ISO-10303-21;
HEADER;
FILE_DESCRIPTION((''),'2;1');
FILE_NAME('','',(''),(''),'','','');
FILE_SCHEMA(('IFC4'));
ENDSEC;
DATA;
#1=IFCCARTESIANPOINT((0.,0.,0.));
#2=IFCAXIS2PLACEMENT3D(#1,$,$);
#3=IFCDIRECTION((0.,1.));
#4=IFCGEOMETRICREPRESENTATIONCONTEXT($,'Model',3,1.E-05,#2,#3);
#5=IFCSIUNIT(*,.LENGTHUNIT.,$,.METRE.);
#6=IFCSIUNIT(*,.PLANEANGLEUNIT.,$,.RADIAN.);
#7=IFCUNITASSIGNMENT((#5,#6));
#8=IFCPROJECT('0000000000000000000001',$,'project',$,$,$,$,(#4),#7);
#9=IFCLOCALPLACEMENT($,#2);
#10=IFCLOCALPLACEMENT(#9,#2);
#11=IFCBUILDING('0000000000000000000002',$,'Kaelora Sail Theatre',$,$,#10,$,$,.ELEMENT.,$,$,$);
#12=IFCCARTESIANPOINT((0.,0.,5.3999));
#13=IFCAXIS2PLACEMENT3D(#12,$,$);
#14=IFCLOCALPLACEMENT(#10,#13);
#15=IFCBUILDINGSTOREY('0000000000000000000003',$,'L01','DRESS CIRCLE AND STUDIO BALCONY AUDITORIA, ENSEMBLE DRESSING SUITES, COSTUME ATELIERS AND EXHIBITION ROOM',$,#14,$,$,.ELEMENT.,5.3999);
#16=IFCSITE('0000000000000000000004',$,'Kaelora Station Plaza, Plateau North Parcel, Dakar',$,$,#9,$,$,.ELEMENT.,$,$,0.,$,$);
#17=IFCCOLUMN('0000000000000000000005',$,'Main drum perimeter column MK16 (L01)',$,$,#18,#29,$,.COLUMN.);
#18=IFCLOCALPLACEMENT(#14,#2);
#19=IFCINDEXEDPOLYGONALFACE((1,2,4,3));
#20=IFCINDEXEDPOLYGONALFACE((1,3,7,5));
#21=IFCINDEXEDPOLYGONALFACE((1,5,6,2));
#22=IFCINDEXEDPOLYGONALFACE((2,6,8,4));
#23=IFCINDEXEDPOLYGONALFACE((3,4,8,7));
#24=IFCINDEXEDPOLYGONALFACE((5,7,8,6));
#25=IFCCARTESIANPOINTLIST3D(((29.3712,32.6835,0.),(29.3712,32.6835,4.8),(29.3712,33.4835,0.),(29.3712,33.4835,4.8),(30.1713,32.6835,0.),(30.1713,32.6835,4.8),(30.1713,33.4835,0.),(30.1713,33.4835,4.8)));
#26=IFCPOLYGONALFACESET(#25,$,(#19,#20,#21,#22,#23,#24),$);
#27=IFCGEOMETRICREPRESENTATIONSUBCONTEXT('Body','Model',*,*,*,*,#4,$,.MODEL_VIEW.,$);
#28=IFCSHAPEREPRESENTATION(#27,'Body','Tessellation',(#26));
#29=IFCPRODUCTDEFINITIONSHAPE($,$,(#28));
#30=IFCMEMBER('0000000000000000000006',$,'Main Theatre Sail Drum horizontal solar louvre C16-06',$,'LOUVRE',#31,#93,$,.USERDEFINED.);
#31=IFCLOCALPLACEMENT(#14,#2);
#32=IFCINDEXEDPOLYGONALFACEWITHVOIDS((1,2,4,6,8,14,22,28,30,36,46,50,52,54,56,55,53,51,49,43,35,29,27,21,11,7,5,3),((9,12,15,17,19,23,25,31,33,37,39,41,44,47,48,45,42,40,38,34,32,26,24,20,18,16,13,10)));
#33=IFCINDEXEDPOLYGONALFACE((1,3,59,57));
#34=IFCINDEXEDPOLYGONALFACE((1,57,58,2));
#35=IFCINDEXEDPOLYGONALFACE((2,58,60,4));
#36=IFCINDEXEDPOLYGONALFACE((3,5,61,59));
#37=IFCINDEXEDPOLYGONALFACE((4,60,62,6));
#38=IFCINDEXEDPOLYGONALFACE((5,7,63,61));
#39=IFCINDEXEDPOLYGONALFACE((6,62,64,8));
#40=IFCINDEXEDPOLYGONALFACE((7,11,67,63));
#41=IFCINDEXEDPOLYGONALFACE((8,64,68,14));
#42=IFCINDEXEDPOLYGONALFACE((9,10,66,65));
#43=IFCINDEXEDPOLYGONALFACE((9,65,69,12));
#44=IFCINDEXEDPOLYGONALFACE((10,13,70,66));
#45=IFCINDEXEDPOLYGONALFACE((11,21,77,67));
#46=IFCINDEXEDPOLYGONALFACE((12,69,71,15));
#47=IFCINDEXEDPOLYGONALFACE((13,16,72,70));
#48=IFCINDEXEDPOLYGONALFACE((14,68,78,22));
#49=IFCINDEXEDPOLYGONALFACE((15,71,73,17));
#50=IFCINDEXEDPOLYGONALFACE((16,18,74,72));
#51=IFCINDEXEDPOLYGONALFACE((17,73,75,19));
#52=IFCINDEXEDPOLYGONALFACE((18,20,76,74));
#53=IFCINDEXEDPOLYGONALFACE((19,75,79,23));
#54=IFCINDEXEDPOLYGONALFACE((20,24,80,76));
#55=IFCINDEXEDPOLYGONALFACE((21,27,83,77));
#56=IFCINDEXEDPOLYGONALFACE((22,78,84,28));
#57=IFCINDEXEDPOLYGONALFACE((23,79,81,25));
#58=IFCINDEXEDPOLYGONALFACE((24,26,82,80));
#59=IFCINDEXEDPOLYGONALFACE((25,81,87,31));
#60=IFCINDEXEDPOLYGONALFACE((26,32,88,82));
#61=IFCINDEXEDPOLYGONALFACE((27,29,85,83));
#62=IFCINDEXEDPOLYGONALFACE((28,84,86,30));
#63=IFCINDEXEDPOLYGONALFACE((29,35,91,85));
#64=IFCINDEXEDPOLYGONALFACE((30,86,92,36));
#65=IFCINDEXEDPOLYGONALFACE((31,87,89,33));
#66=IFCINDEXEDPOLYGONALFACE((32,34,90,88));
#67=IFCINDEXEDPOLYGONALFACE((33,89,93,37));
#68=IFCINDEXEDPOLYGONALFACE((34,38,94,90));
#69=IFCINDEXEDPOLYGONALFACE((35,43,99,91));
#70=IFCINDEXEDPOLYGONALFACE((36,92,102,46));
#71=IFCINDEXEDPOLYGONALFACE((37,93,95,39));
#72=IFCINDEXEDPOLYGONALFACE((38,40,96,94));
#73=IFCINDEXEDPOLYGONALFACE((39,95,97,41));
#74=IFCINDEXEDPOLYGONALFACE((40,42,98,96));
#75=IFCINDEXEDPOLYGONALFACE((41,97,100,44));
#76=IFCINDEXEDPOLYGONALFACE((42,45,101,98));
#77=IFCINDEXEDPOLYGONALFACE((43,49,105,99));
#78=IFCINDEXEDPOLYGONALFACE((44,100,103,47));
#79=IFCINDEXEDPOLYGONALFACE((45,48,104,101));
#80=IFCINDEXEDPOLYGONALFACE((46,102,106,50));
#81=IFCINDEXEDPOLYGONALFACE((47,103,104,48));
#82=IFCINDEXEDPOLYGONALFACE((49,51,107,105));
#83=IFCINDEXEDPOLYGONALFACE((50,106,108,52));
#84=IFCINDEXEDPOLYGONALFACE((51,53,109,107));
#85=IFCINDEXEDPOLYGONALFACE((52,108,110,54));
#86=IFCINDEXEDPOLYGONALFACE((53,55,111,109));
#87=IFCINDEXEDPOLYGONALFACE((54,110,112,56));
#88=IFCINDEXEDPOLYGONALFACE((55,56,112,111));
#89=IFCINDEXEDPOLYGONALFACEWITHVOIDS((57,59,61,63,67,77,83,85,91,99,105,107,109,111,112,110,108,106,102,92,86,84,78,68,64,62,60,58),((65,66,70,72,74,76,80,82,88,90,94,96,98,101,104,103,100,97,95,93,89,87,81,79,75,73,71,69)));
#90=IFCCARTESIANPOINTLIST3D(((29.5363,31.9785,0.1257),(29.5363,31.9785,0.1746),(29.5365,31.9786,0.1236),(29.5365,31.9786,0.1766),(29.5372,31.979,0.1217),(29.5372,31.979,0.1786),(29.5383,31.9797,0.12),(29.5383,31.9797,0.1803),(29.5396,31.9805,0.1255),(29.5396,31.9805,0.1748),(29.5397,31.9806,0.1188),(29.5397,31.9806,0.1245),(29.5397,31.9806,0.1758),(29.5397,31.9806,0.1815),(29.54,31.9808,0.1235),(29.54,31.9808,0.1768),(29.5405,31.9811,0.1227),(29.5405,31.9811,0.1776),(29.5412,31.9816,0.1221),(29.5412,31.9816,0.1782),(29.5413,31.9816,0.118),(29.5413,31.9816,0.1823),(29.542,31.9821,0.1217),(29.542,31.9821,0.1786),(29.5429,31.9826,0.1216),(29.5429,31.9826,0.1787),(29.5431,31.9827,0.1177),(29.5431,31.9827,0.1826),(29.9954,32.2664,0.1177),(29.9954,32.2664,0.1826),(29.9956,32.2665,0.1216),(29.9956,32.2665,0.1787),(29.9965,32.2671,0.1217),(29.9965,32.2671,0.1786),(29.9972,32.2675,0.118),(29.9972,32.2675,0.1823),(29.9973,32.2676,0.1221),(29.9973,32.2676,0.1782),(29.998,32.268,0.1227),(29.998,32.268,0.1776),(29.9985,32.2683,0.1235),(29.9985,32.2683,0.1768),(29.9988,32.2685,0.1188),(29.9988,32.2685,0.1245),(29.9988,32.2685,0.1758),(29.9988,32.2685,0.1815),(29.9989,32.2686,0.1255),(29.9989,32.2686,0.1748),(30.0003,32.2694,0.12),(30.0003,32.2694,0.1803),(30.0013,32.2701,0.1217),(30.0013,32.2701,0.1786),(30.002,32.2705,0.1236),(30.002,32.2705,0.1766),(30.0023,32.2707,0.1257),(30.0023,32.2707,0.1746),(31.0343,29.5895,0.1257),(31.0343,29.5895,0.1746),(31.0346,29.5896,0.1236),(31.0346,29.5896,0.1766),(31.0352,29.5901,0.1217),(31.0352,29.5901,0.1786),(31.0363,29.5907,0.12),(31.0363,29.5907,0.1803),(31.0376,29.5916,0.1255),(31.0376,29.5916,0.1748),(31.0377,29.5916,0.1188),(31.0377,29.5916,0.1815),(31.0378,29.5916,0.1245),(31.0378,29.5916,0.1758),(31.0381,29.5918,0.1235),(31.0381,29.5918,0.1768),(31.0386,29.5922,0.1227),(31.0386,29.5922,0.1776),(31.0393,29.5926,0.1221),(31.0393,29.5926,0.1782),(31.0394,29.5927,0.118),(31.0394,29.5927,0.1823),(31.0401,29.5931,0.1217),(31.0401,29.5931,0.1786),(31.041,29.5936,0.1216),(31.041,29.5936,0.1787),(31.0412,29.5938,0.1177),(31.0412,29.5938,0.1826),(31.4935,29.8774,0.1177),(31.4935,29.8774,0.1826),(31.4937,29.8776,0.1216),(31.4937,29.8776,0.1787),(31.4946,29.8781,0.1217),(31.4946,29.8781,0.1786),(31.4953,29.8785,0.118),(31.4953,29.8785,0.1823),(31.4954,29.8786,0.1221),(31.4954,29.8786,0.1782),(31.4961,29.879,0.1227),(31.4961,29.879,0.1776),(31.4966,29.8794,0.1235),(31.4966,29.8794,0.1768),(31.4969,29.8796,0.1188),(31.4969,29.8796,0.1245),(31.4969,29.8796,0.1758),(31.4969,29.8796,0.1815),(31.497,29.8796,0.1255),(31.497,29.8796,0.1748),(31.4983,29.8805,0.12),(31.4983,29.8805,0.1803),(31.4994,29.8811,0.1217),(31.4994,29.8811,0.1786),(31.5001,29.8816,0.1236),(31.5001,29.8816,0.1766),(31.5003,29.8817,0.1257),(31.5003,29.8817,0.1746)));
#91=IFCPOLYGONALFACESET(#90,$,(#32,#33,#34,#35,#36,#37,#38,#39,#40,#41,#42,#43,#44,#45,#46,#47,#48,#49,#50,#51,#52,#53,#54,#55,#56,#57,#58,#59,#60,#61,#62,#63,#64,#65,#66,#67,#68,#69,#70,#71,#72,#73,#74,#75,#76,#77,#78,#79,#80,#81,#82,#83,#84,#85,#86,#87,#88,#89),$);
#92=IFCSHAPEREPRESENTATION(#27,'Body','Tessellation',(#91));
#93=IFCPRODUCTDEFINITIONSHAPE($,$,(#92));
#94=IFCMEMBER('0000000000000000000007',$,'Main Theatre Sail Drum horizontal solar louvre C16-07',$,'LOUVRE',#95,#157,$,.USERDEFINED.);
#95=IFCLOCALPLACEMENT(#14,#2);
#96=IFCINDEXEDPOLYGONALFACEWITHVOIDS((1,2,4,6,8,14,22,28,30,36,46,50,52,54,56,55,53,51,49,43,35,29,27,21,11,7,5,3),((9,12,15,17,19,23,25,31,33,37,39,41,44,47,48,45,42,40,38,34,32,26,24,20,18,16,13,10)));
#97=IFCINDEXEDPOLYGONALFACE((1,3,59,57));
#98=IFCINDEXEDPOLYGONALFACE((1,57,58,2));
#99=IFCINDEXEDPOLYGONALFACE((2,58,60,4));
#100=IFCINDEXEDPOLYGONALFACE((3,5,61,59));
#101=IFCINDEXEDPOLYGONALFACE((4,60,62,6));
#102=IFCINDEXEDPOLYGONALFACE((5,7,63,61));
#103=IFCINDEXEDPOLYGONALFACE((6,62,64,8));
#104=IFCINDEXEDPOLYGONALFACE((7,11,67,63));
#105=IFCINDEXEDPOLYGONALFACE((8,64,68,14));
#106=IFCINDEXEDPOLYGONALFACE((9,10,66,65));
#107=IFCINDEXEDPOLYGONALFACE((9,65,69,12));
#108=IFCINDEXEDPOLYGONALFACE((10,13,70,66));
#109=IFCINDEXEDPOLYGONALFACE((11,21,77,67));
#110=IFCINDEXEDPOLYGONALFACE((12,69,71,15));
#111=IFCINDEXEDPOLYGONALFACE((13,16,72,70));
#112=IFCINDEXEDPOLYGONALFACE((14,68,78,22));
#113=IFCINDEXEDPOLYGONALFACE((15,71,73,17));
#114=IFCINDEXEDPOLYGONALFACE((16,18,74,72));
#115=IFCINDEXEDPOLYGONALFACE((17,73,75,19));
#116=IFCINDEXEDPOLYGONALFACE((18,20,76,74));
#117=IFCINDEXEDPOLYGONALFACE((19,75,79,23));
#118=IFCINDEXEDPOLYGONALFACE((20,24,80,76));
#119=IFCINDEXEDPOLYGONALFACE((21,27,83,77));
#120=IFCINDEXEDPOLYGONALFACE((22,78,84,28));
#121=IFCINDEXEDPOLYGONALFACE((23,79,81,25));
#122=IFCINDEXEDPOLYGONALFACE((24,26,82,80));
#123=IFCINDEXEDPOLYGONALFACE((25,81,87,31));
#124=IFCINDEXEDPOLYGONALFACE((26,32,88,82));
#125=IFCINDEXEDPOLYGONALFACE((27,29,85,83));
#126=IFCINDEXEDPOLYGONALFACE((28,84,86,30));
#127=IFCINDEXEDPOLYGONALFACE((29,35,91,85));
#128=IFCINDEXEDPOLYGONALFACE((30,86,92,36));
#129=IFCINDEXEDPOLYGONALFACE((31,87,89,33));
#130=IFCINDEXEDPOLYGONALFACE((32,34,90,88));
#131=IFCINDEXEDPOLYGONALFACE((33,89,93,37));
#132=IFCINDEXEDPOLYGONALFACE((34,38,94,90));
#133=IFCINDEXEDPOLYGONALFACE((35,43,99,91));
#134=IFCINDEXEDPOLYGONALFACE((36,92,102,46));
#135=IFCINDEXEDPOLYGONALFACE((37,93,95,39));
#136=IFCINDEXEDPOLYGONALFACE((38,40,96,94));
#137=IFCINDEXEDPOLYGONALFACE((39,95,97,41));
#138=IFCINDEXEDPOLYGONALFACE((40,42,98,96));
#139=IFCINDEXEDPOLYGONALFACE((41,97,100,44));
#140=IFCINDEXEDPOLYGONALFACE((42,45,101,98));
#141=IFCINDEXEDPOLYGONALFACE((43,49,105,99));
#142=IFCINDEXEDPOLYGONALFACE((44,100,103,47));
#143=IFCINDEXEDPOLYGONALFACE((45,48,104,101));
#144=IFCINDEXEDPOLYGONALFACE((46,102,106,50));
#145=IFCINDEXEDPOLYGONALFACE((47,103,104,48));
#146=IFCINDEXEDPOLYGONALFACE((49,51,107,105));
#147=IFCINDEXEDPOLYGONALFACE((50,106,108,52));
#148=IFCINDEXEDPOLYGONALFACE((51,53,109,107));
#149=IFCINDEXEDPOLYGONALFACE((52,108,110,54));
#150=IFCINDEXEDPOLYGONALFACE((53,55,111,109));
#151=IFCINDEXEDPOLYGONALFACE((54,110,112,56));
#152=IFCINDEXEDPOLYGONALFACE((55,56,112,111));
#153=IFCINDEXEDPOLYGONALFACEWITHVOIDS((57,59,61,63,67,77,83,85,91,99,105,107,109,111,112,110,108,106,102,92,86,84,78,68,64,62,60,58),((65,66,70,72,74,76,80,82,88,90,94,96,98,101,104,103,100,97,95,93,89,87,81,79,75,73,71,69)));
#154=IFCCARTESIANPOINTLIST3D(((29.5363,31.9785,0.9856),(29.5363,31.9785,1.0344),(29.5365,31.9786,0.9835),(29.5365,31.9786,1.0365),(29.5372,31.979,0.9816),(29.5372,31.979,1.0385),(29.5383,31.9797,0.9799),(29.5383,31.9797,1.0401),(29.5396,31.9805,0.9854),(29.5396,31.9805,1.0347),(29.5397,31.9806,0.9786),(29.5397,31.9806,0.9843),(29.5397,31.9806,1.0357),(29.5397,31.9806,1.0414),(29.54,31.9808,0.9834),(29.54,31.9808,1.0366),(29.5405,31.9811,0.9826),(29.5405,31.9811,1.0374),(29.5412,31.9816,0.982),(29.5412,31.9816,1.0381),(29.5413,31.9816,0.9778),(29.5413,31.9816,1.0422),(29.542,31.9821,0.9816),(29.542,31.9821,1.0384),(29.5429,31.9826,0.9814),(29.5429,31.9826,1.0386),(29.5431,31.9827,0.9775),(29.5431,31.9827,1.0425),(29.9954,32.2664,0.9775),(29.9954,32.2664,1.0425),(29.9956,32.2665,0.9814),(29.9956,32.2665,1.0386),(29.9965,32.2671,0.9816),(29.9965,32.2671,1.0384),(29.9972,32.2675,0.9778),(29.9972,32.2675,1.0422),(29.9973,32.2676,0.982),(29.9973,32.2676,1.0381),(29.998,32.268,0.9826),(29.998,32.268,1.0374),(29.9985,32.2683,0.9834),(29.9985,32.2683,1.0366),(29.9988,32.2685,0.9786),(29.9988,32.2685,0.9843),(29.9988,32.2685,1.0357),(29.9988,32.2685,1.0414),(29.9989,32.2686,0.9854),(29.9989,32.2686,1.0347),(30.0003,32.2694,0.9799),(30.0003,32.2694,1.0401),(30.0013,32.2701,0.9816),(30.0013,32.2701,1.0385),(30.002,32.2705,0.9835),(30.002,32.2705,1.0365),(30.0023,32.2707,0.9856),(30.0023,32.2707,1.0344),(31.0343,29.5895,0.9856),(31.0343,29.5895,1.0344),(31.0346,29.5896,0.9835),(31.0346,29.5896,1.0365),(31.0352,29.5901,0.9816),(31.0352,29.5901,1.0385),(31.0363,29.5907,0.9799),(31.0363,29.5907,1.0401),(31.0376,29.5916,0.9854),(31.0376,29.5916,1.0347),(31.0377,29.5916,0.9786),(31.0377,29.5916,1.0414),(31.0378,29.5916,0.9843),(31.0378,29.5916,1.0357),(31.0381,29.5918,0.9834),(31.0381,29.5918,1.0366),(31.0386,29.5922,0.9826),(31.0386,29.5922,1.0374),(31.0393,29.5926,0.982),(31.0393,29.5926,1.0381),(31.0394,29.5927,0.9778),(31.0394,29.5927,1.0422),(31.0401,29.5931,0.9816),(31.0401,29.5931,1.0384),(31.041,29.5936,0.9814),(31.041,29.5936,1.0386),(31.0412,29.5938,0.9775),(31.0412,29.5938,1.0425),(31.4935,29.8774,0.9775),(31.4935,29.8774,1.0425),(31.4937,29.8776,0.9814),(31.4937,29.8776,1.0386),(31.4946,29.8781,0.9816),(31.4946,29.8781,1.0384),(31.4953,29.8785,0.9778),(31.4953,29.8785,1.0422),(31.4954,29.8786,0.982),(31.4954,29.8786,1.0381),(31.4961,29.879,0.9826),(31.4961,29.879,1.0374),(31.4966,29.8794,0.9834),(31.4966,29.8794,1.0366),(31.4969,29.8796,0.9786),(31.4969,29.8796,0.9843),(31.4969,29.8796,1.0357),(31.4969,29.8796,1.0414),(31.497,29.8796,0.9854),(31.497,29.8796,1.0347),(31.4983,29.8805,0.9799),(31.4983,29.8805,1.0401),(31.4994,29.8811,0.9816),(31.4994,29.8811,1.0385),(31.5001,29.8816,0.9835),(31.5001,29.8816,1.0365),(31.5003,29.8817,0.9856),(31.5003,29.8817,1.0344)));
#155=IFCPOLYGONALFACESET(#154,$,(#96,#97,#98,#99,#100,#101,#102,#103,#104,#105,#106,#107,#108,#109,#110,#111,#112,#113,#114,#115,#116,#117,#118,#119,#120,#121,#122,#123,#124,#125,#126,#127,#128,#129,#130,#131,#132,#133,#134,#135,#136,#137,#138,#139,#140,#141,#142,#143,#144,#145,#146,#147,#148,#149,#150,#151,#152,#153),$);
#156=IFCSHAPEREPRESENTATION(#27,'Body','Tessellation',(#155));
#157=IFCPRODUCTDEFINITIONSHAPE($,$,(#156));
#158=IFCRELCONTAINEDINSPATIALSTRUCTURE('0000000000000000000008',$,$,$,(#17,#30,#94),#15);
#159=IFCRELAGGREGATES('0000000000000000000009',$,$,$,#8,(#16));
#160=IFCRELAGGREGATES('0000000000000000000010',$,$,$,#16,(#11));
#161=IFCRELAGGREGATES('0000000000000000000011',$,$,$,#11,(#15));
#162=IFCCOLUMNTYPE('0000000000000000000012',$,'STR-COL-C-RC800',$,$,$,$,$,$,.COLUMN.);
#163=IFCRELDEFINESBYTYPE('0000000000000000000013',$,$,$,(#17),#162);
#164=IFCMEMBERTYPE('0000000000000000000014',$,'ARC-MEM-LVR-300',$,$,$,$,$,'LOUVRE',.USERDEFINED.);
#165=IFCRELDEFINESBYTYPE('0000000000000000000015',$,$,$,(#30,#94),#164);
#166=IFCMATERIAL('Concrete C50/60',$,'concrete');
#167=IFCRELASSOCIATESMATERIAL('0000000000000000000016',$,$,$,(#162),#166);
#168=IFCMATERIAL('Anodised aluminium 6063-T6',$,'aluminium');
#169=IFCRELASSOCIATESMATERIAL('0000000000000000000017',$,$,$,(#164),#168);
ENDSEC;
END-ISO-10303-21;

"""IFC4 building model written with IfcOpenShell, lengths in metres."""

from ifc_helpers import new_model, si_unit, direction, frame, origin, origin_2d, place, context, subcontext, project, spatial, rectangle, hollow_rectangle, extrude, material, material_profile, profile_set, type_object, element, save


model = new_model("IFC4")

# Units and contexts
model_context = context("Model", 3, precision=1e-05, world=origin(), true_north=direction((0.0, 1.0)))
body_context = subcontext(model_context, "Body", "Model", "MODEL_VIEW")
ifc_project = project(units=[si_unit("LENGTHUNIT", "METRE"), si_unit("PLANEANGLEUNIT", "RADIAN")], contexts=[model_context])

# Site, building, storey
site_placement = place(None, origin())
site = spatial("IfcSite", under=ifc_project, at=site_placement, Name="Kaelora Station Plaza, Plateau North Parcel, Dakar", CompositionType="ELEMENT", RefElevation=0.0)
building_placement = place(site_placement, origin())
building = spatial("IfcBuilding", under=site, at=building_placement, Name="Kaelora Sail Theatre", CompositionType="ELEMENT")
storey_placement = place(building_placement, frame((0.0, 0.0, 5.3999)))
storey = spatial("IfcBuildingStorey", under=building, at=storey_placement, Name="L01", Description="DRESS CIRCLE AND STUDIO BALCONY AUDITORIA, ENSEMBLE DRESSING SUITES, COSTUME ATELIERS AND EXHIBITION ROOM", CompositionType="ELEMENT", Elevation=5.3999)

# Column
ifc_material_1 = material(Name="Concrete C50/60", Category="concrete")
ifc_material_profile_1 = material_profile(ifc_material_1, rectangle(XDim=0.8, YDim=0.8, at=origin_2d()), Name="RC-COL 800x800")
ifc_profile_set_1 = profile_set([ifc_material_profile_1], Name="Concrete C50/60")
column_type = type_object("IfcColumnType", Name="STR-COL-C-RC800", PredefinedType="COLUMN", material=ifc_profile_set_1)
column_placement = place(storey_placement, frame((29.7712, 33.0835, 0.0), z_axis=(0.0, 0.0, 1.0), x_axis=(1.0, 0.0, 0.0)))
element("IfcColumn", 1, at=column_placement, inside=storey, type_object=column_type, Name="Main drum perimeter column MK16 (L01)", PredefinedType="COLUMN", context=body_context, shape_type="SweptSolid", body=[
    extrude(rectangle(XDim=0.8, YDim=0.8, at=origin_2d()), origin(), (0.0, 0.0, 1.0), 4.8),
])

# Members
ifc_material_2 = material(Name="Anodised aluminium 6063-T6", Category="aluminium")
ifc_material_profile_2 = material_profile(ifc_material_2, hollow_rectangle(XDim=0.55, YDim=0.0649, WallThickness=0.0039, InnerFilletRadius=0.0039, OuterFilletRadius=0.0081, at=origin_2d()), Name="LOUVRE 550x65x4")
ifc_profile_set_2 = profile_set([ifc_material_profile_2], Name="Anodised aluminium 6063-T6")
member_type = type_object("IfcMemberType", Name="ARC-MEM-LVR-300", ElementType="LOUVRE", PredefinedType="USERDEFINED", material=ifc_profile_set_2)
for number, where, z_axis, x_axis, name in (
    (2, (31.2673, 29.7356, 0.1501), (-0.531267, 0.847204, 0.0), (-0.847204, -0.531267, 0.0), "Main Theatre Sail Drum horizontal solar louvre C16-06"),
    (3, (31.2673, 29.7356, 1.01), (-0.531267, 0.847204, 0.0), (-0.847204, -0.531267, 0.0), "Main Theatre Sail Drum horizontal solar louvre C16-07"),
):
    element("IfcMember", number, at=place(storey_placement, frame(where, z_axis=z_axis, x_axis=x_axis)), inside=storey, type_object=member_type, Name=name, ObjectType="LOUVRE", PredefinedType="USERDEFINED", context=body_context, shape_type="SweptSolid", body=[
        extrude(hollow_rectangle(XDim=0.55, YDim=0.0649, WallThickness=0.0039, InnerFilletRadius=0.0039, OuterFilletRadius=0.0081, at=origin_2d()), origin(), (0.0, 0.0, 1.0), 2.8198),
    ])

save(model, "model.ifc")
